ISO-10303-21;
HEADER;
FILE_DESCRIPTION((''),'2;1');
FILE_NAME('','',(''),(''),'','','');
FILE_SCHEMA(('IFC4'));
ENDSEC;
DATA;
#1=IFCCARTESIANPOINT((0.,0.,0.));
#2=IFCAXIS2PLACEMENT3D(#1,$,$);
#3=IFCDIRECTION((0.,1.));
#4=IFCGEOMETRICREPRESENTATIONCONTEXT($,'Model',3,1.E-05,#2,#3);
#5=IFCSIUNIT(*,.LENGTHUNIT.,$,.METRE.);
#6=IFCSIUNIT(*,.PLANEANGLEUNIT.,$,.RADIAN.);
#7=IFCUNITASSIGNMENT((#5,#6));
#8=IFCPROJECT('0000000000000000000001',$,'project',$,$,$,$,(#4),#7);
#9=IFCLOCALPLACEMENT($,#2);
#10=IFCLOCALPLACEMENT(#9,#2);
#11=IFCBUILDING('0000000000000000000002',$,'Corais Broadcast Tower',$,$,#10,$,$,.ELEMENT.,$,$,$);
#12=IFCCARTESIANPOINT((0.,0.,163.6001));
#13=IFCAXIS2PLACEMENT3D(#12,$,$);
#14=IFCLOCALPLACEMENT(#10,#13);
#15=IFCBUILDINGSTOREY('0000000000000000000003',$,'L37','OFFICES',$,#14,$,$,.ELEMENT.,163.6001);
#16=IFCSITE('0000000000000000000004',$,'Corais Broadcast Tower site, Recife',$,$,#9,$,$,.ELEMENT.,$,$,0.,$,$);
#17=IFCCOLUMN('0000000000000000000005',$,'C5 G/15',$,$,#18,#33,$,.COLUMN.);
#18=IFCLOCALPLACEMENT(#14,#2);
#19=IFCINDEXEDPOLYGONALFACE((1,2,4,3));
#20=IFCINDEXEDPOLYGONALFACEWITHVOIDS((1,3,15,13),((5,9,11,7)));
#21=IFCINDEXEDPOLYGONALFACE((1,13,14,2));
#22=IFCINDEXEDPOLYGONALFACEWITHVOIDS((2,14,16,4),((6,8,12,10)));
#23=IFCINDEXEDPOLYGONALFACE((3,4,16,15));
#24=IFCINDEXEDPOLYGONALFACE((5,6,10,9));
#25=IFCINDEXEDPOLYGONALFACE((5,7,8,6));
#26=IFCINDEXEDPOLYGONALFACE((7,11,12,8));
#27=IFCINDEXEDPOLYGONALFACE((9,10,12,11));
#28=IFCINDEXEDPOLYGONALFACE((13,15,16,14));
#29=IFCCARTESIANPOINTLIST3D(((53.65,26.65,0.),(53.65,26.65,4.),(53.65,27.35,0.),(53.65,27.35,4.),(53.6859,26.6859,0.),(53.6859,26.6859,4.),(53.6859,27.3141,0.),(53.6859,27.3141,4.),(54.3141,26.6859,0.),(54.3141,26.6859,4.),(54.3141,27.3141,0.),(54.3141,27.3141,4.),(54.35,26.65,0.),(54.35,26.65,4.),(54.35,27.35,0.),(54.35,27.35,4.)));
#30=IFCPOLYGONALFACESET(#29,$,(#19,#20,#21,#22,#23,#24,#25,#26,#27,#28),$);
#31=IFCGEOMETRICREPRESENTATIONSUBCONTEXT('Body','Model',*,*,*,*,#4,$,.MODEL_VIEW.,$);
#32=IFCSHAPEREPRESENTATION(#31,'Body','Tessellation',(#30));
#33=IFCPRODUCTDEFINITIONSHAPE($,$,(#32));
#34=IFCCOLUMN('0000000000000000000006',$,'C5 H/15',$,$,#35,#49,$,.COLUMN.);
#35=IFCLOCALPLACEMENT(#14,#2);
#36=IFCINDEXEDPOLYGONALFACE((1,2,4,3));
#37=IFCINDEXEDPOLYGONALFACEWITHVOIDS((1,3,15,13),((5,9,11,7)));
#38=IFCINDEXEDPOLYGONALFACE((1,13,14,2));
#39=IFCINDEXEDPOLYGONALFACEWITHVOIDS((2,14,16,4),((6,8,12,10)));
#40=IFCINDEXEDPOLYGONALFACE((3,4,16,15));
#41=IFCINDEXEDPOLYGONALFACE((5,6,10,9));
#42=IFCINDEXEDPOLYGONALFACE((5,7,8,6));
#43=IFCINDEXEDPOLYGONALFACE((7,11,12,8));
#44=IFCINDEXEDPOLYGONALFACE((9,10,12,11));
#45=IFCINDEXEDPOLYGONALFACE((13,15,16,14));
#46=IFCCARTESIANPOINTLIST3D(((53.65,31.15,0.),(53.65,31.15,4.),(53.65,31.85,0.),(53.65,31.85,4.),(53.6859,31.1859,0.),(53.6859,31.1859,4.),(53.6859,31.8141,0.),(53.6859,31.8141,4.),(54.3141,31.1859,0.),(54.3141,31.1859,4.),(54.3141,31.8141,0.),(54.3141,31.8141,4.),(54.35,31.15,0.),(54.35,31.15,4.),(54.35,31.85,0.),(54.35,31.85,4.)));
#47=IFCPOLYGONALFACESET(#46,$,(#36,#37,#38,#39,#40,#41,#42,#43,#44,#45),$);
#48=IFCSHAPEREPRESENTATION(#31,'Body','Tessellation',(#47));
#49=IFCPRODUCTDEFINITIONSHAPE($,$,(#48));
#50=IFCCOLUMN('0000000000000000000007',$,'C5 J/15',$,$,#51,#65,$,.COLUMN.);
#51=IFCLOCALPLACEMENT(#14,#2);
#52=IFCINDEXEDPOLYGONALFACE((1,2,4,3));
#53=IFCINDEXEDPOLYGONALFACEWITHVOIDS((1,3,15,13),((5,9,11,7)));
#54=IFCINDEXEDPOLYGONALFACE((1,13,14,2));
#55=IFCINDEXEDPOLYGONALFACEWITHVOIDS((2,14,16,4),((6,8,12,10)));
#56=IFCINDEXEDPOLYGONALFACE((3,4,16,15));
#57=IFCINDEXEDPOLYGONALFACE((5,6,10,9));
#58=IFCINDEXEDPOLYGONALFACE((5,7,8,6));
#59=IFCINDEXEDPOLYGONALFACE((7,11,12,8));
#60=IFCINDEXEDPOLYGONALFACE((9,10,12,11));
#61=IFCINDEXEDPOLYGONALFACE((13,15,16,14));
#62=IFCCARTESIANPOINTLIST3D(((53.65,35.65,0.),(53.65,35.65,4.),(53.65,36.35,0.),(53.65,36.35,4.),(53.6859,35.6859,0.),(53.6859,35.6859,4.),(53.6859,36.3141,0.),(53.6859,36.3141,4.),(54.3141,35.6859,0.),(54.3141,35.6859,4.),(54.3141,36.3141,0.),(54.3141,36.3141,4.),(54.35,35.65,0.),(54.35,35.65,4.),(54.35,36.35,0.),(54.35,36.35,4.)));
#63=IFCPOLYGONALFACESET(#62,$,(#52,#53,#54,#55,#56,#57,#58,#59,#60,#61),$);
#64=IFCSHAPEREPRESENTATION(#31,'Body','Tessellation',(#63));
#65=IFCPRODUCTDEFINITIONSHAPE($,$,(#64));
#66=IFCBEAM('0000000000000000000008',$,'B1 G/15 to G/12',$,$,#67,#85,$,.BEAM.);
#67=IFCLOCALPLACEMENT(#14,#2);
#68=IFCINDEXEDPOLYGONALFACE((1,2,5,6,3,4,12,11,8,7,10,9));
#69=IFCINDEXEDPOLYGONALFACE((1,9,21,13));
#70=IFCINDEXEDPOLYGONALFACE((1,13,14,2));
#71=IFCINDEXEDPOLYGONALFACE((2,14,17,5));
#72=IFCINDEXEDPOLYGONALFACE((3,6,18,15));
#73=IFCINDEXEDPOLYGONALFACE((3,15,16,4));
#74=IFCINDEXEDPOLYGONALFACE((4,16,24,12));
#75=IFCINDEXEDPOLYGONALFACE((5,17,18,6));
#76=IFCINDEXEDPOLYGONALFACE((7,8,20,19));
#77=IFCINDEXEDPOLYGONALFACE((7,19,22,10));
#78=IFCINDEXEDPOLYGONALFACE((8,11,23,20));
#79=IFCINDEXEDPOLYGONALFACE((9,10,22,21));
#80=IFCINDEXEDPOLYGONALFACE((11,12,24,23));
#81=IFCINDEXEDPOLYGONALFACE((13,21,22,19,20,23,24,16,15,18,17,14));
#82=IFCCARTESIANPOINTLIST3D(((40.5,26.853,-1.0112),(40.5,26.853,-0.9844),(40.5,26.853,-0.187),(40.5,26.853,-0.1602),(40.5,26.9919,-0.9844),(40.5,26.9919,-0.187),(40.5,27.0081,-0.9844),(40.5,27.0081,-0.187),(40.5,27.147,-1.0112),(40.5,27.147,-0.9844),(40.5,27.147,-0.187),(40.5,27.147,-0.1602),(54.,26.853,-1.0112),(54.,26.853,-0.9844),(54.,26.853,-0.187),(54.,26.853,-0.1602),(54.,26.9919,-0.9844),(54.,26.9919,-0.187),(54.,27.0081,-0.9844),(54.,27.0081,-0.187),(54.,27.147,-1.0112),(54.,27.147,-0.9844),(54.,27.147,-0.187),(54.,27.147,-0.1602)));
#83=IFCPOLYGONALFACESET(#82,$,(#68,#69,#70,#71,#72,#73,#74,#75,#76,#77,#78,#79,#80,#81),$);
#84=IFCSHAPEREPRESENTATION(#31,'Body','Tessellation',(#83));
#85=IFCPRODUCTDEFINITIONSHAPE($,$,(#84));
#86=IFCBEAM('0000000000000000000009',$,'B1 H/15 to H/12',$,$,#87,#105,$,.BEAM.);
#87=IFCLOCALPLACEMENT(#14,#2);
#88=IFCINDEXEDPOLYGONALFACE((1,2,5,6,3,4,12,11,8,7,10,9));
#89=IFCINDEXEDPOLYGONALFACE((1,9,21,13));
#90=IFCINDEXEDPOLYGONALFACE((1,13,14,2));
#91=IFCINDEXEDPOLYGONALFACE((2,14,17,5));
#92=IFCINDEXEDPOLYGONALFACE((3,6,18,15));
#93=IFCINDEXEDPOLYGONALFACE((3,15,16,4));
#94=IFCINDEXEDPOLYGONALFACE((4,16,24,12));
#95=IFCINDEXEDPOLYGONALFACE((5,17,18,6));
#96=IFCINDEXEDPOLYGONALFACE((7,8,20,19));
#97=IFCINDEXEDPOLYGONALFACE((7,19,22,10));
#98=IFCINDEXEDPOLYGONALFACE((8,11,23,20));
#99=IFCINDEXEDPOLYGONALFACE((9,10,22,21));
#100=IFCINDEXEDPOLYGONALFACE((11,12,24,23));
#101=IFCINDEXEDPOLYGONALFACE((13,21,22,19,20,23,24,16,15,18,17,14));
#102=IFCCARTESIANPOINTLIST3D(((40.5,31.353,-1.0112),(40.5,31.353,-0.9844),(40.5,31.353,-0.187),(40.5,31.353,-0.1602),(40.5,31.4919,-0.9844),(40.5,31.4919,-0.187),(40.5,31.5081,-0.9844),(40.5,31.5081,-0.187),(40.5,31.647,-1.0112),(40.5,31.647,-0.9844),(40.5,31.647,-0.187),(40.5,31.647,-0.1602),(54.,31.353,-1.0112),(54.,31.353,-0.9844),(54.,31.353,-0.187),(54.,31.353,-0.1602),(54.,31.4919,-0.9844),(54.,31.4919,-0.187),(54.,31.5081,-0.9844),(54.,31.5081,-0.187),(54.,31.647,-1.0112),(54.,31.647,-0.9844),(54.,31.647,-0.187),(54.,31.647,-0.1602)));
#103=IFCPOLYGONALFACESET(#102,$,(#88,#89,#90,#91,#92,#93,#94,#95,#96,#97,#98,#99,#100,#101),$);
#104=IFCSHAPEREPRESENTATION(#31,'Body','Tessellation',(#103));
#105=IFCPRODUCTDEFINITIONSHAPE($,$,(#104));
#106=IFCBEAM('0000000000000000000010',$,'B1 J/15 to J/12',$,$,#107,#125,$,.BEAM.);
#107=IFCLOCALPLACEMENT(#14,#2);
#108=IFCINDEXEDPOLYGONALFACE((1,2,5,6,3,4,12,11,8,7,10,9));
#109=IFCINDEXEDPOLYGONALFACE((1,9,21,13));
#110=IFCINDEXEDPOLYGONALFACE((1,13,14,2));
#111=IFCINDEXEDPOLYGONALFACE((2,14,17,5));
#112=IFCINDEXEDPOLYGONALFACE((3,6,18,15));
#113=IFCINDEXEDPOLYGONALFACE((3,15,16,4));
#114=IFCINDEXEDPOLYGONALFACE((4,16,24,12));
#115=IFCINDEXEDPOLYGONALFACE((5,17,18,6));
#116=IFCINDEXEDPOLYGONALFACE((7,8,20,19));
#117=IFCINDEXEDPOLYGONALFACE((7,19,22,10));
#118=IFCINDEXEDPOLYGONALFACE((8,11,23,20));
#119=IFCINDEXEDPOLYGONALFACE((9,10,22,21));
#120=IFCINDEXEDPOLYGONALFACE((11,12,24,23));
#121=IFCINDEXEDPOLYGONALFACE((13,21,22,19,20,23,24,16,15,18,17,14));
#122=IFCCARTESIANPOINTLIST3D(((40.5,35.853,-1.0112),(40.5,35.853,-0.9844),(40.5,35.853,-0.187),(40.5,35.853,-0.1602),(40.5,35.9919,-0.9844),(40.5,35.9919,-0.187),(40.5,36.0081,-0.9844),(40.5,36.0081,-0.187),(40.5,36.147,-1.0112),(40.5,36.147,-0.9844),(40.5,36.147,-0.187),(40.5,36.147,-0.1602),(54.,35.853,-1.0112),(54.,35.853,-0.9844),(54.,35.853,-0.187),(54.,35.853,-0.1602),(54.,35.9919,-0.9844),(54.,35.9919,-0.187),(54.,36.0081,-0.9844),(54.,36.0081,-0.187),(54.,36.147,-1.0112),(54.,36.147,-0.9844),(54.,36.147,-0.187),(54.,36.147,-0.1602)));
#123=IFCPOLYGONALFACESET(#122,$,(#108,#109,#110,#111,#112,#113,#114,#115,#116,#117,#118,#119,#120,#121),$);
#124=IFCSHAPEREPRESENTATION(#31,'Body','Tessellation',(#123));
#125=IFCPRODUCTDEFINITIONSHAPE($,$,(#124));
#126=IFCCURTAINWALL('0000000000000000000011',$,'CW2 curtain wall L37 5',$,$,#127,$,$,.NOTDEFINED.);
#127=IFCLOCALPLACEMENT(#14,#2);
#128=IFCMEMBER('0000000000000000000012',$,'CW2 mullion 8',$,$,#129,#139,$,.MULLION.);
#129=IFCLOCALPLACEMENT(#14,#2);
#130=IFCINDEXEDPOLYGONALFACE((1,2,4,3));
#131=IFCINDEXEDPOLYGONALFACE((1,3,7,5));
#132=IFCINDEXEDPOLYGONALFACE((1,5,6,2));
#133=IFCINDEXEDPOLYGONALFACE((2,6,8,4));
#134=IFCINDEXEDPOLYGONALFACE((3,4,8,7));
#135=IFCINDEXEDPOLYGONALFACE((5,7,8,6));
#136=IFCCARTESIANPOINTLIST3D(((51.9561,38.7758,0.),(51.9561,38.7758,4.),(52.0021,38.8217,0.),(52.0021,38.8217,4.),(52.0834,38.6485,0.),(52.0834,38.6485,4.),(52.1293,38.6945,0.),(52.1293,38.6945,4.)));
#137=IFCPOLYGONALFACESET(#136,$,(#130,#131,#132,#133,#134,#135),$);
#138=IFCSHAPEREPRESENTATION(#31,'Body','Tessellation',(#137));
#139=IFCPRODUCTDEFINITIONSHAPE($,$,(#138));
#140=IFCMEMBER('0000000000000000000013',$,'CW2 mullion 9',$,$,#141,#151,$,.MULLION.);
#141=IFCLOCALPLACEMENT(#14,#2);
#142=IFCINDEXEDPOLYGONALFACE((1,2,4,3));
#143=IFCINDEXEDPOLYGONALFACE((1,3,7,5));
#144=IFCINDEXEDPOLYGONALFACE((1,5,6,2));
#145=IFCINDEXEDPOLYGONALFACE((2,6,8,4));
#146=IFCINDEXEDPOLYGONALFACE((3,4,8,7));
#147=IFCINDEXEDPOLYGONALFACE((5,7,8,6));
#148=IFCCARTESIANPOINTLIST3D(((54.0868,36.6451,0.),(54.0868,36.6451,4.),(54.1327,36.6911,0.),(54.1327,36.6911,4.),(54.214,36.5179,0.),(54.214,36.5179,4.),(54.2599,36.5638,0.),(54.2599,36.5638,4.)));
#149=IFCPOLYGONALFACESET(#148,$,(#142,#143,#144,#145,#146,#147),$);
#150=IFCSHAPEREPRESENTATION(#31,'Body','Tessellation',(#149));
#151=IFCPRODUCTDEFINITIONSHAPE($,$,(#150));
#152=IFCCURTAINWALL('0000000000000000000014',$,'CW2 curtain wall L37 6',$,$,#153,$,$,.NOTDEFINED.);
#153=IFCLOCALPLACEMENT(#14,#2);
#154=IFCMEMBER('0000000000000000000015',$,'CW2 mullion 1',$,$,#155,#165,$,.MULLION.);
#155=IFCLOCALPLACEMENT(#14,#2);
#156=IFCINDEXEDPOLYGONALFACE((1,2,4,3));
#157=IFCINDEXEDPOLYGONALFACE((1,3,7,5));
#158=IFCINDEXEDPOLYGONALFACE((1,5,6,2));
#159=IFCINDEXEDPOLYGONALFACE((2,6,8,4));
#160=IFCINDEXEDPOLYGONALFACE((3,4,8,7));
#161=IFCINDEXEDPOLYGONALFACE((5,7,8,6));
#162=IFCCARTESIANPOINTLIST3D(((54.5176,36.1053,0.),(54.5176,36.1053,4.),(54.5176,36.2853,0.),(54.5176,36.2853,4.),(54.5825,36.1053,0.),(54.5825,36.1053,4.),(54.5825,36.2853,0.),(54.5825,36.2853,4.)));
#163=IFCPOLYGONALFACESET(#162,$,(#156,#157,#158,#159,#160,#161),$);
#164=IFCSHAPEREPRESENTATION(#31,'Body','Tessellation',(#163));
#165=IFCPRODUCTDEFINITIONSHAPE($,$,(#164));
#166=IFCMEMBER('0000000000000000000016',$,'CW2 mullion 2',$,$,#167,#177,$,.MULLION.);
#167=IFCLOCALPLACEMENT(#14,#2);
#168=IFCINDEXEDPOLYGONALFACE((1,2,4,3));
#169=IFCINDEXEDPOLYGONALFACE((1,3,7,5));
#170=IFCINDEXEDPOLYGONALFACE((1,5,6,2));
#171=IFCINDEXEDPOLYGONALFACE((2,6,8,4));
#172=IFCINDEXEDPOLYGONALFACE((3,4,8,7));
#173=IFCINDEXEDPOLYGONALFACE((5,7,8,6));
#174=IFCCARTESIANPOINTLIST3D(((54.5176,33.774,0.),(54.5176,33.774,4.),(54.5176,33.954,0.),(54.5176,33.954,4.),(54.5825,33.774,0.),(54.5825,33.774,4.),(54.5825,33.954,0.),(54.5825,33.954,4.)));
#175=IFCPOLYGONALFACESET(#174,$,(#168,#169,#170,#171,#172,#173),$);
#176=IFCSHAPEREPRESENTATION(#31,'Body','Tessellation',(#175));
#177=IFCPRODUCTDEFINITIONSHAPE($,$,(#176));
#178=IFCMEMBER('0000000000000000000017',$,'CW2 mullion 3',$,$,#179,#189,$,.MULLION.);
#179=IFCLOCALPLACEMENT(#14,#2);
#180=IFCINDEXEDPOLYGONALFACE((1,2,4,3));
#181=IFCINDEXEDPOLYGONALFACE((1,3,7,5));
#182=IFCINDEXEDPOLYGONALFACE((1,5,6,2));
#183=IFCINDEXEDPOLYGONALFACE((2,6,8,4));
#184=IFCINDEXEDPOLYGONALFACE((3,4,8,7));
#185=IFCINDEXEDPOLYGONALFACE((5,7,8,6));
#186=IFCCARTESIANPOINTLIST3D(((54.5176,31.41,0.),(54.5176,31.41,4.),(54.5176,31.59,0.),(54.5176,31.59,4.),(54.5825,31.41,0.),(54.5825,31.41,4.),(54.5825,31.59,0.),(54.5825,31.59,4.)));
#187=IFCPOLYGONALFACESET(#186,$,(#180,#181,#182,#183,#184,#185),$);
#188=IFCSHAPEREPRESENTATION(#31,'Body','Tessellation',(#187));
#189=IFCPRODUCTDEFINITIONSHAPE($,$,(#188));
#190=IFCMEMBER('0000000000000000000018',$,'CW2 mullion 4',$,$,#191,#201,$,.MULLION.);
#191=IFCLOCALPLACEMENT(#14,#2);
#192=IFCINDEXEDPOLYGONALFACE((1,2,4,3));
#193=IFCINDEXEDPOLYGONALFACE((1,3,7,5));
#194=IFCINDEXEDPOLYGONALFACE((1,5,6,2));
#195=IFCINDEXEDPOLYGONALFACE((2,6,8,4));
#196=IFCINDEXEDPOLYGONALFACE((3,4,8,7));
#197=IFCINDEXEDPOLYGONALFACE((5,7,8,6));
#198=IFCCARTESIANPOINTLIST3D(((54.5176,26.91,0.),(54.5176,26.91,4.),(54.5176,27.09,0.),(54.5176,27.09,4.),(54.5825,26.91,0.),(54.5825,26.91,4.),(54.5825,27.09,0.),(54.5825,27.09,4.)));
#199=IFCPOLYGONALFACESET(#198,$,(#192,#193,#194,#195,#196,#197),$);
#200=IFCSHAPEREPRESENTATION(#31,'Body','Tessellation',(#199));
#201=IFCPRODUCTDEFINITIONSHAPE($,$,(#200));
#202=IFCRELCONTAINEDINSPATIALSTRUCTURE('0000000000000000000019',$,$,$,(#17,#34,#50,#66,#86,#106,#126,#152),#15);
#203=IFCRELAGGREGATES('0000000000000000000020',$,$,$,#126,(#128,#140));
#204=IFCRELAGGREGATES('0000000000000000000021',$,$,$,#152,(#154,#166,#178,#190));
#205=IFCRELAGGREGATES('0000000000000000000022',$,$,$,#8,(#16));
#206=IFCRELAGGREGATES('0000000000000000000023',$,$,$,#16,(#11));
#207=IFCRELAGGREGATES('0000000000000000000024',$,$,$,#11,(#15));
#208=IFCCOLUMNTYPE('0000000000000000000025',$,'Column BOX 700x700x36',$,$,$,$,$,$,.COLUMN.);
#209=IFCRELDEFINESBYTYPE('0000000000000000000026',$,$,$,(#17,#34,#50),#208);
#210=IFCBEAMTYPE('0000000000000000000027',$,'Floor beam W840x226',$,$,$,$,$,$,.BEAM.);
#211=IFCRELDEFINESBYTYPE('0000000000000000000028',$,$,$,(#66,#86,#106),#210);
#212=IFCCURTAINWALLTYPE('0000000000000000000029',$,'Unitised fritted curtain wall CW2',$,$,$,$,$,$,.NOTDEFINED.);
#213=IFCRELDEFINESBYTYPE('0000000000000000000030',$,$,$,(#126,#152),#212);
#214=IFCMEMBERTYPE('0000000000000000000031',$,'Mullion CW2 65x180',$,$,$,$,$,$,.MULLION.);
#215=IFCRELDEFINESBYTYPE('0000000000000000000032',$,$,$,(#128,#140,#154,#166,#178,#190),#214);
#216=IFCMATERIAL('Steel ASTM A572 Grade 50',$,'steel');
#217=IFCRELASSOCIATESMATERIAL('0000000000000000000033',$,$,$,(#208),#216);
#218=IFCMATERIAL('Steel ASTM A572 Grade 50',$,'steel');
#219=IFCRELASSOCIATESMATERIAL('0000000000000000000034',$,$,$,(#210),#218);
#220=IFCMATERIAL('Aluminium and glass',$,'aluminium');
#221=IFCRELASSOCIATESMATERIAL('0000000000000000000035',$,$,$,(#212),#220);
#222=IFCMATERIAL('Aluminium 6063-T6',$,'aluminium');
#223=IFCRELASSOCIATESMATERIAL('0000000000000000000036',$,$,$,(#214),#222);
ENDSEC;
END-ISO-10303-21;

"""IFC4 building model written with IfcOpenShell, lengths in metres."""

from ifc_helpers import new_model, si_unit, direction, frame, origin, origin_2d, place, context, subcontext, project, spatial, rectangle, hollow_rectangle, i_section, extrude, material, material_profile, profile_set, type_object, element, aggregate, save


model = new_model("IFC4")

# Units and contexts
model_context = context("Model", 3, precision=1e-05, world=origin(), true_north=direction((0.0, 1.0)))
body_context = subcontext(model_context, "Body", "Model", "MODEL_VIEW")
ifc_project = project(units=[si_unit("LENGTHUNIT", "METRE"), si_unit("PLANEANGLEUNIT", "RADIAN")], contexts=[model_context])

# Site, building, storey
site_placement = place(None, origin())
site = spatial("IfcSite", under=ifc_project, at=site_placement, Name="Corais Broadcast Tower site, Recife", CompositionType="ELEMENT", RefElevation=0.0)
building_placement = place(site_placement, origin())
building = spatial("IfcBuilding", under=site, at=building_placement, Name="Corais Broadcast Tower", CompositionType="ELEMENT")
storey_placement = place(building_placement, frame((0.0, 0.0, 163.6001)))
storey = spatial("IfcBuildingStorey", under=building, at=storey_placement, Name="L37", Description="OFFICES", CompositionType="ELEMENT", Elevation=163.6001)

# Columns
ifc_material_1 = material(Name="Steel ASTM A572 Grade 50", Category="steel")
ifc_material_profile_1 = material_profile(ifc_material_1, hollow_rectangle(XDim=0.7, YDim=0.7, WallThickness=0.0359, at=origin_2d()), Name="BOX 700x700x36")
ifc_profile_set_1 = profile_set([ifc_material_profile_1], Name="Steel ASTM A572 Grade 50")
column_type = type_object("IfcColumnType", Name="Column BOX 700x700x36", PredefinedType="COLUMN", material=ifc_profile_set_1)
for number, where, z_axis, x_axis, name in (
    (1, (54.0, 27.0, 0.0), (0.0, 0.0, 1.0), (1.0, 0.0, 0.0), "C5 G/15"),
    (2, (54.0, 31.5, 0.0), (0.0, 0.0, 1.0), (1.0, 0.0, 0.0), "C5 H/15"),
    (3, (54.0, 36.0, 0.0), (0.0, 0.0, 1.0), (1.0, 0.0, 0.0), "C5 J/15"),
):
    element("IfcColumn", number, at=place(storey_placement, frame(where, z_axis=z_axis, x_axis=x_axis)), inside=storey, type_object=column_type, Name=name, PredefinedType="COLUMN", context=body_context, shape_type="SweptSolid", body=[
        extrude(hollow_rectangle(XDim=0.7, YDim=0.7, WallThickness=0.0359, at=origin_2d()), origin(), (0.0, 0.0, 1.0), 4.0),
    ])

# Beams
ifc_material_2 = material(Name="Steel ASTM A572 Grade 50", Category="steel")
ifc_material_profile_2 = material_profile(ifc_material_2, i_section(OverallWidth=0.2939, OverallDepth=0.8511, WebThickness=0.0161, FlangeThickness=0.0269, at=origin_2d()), Name="W840x226")
ifc_profile_set_2 = profile_set([ifc_material_profile_2], Name="Steel ASTM A572 Grade 50")
beam_type_1 = type_object("IfcBeamType", Name="Floor beam W840x226", PredefinedType="BEAM", material=ifc_profile_set_2)
for number, where, z_axis, x_axis, name in (
    (4, (54.0, 27.0, -0.5857), (-1.0, 0.0, 0.0), (0.0, -1.0, 0.0), "B1 G/15 to G/12"),
    (5, (54.0, 31.5, -0.5857), (-1.0, 0.0, 0.0), (0.0, -1.0, 0.0), "B1 H/15 to H/12"),
    (6, (54.0, 36.0, -0.5857), (-1.0, 0.0, 0.0), (0.0, -1.0, 0.0), "B1 J/15 to J/12"),
):
    element("IfcBeam", number, at=place(storey_placement, frame(where, z_axis=z_axis, x_axis=x_axis)), inside=storey, type_object=beam_type_1, Name=name, PredefinedType="BEAM", context=body_context, shape_type="SweptSolid", body=[
        extrude(i_section(OverallWidth=0.2939, OverallDepth=0.8511, WebThickness=0.0161, FlangeThickness=0.0269, at=origin_2d()), origin(), (0.0, 0.0, 1.0), 13.5),
    ])

# Curtain walls, members
ifc_material_3 = material(Name="Aluminium and glass", Category="aluminium")
curtain_wall_type = type_object("IfcCurtainWallType", Name="Unitised fritted curtain wall CW2", PredefinedType="NOTDEFINED", material=ifc_material_3)
curtain_wall_1_placement = place(storey_placement, origin())
curtain_wall_1 = element("IfcCurtainWall", 7, at=curtain_wall_1_placement, inside=storey, type_object=curtain_wall_type, Name="CW2 curtain wall L37 5", PredefinedType="NOTDEFINED")
ifc_material_4 = material(Name="Aluminium 6063-T6", Category="aluminium")
ifc_material_profile_3 = material_profile(ifc_material_4, rectangle(XDim=0.0649, YDim=0.1799, at=origin_2d()), Name="Mullion CW2 65x180")
ifc_profile_set_3 = profile_set([ifc_material_profile_3], Name="Aluminium 6063-T6")
member_type_1 = type_object("IfcMemberType", Name="Mullion CW2 65x180", PredefinedType="MULLION", material=ifc_profile_set_3)
member_1_placement = place(storey_placement, frame((52.0427, 38.7351, 0.0), z_axis=(0.0, 0.0, 1.0), x_axis=(0.707107, 0.707107, 0.0)))
member_1 = element("IfcMember", 8, at=member_1_placement, type_object=member_type_1, Name="CW2 mullion 8", PredefinedType="MULLION", context=body_context, shape_type="SweptSolid", body=[
    extrude(rectangle(XDim=0.0649, YDim=0.1799, at=origin_2d()), origin(), (0.0, 0.0, 1.0), 4.0),
])
member_2_placement = place(storey_placement, frame((54.1733, 36.6045, 0.0), z_axis=(0.0, 0.0, 1.0), x_axis=(0.707107, 0.707107, 0.0)))
member_2 = element("IfcMember", 9, at=member_2_placement, type_object=member_type_1, Name="CW2 mullion 9", PredefinedType="MULLION", context=body_context, shape_type="SweptSolid", body=[
    extrude(rectangle(XDim=0.0649, YDim=0.1799, at=origin_2d()), origin(), (0.0, 0.0, 1.0), 4.0),
])
curtain_wall_2_placement = place(storey_placement, origin())
curtain_wall_2 = element("IfcCurtainWall", 10, at=curtain_wall_2_placement, inside=storey, type_object=curtain_wall_type, Name="CW2 curtain wall L37 6", PredefinedType="NOTDEFINED")
member_3_placement = place(storey_placement, frame((54.55, 36.1953, 0.0), z_axis=(0.0, 0.0, 1.0), x_axis=(1.0, 0.0, 0.0)))
member_3 = element("IfcMember", 11, at=member_3_placement, type_object=member_type_1, Name="CW2 mullion 1", PredefinedType="MULLION", context=body_context, shape_type="SweptSolid", body=[
    extrude(rectangle(XDim=0.0649, YDim=0.1799, at=origin_2d()), origin(), (0.0, 0.0, 1.0), 4.0),
])
member_4_placement = place(storey_placement, frame((54.55, 33.864, 0.0), z_axis=(0.0, 0.0, 1.0), x_axis=(1.0, 0.0, 0.0)))
member_4 = element("IfcMember", 12, at=member_4_placement, type_object=member_type_1, Name="CW2 mullion 2", PredefinedType="MULLION", context=body_context, shape_type="SweptSolid", body=[
    extrude(rectangle(XDim=0.0649, YDim=0.1799, at=origin_2d()), origin(), (0.0, 0.0, 1.0), 4.0),
])
member_5_placement = place(storey_placement, frame((54.55, 31.5, 0.0), z_axis=(0.0, 0.0, 1.0), x_axis=(1.0, 0.0, 0.0)))
member_5 = element("IfcMember", 13, at=member_5_placement, type_object=member_type_1, Name="CW2 mullion 3", PredefinedType="MULLION", context=body_context, shape_type="SweptSolid", body=[
    extrude(rectangle(XDim=0.0649, YDim=0.1799, at=origin_2d()), origin(), (0.0, 0.0, 1.0), 4.0),
])
member_6_placement = place(storey_placement, frame((54.55, 27.0, 0.0), z_axis=(0.0, 0.0, 1.0), x_axis=(1.0, 0.0, 0.0)))
member_6 = element("IfcMember", 14, at=member_6_placement, type_object=member_type_1, Name="CW2 mullion 4", PredefinedType="MULLION", context=body_context, shape_type="SweptSolid", body=[
    extrude(rectangle(XDim=0.0649, YDim=0.1799, at=origin_2d()), origin(), (0.0, 0.0, 1.0), 4.0),
])

aggregate(curtain_wall_1, [member_1, member_2])
aggregate(curtain_wall_2, [member_3, member_4, member_5, member_6])

save(model, "model.ifc")
